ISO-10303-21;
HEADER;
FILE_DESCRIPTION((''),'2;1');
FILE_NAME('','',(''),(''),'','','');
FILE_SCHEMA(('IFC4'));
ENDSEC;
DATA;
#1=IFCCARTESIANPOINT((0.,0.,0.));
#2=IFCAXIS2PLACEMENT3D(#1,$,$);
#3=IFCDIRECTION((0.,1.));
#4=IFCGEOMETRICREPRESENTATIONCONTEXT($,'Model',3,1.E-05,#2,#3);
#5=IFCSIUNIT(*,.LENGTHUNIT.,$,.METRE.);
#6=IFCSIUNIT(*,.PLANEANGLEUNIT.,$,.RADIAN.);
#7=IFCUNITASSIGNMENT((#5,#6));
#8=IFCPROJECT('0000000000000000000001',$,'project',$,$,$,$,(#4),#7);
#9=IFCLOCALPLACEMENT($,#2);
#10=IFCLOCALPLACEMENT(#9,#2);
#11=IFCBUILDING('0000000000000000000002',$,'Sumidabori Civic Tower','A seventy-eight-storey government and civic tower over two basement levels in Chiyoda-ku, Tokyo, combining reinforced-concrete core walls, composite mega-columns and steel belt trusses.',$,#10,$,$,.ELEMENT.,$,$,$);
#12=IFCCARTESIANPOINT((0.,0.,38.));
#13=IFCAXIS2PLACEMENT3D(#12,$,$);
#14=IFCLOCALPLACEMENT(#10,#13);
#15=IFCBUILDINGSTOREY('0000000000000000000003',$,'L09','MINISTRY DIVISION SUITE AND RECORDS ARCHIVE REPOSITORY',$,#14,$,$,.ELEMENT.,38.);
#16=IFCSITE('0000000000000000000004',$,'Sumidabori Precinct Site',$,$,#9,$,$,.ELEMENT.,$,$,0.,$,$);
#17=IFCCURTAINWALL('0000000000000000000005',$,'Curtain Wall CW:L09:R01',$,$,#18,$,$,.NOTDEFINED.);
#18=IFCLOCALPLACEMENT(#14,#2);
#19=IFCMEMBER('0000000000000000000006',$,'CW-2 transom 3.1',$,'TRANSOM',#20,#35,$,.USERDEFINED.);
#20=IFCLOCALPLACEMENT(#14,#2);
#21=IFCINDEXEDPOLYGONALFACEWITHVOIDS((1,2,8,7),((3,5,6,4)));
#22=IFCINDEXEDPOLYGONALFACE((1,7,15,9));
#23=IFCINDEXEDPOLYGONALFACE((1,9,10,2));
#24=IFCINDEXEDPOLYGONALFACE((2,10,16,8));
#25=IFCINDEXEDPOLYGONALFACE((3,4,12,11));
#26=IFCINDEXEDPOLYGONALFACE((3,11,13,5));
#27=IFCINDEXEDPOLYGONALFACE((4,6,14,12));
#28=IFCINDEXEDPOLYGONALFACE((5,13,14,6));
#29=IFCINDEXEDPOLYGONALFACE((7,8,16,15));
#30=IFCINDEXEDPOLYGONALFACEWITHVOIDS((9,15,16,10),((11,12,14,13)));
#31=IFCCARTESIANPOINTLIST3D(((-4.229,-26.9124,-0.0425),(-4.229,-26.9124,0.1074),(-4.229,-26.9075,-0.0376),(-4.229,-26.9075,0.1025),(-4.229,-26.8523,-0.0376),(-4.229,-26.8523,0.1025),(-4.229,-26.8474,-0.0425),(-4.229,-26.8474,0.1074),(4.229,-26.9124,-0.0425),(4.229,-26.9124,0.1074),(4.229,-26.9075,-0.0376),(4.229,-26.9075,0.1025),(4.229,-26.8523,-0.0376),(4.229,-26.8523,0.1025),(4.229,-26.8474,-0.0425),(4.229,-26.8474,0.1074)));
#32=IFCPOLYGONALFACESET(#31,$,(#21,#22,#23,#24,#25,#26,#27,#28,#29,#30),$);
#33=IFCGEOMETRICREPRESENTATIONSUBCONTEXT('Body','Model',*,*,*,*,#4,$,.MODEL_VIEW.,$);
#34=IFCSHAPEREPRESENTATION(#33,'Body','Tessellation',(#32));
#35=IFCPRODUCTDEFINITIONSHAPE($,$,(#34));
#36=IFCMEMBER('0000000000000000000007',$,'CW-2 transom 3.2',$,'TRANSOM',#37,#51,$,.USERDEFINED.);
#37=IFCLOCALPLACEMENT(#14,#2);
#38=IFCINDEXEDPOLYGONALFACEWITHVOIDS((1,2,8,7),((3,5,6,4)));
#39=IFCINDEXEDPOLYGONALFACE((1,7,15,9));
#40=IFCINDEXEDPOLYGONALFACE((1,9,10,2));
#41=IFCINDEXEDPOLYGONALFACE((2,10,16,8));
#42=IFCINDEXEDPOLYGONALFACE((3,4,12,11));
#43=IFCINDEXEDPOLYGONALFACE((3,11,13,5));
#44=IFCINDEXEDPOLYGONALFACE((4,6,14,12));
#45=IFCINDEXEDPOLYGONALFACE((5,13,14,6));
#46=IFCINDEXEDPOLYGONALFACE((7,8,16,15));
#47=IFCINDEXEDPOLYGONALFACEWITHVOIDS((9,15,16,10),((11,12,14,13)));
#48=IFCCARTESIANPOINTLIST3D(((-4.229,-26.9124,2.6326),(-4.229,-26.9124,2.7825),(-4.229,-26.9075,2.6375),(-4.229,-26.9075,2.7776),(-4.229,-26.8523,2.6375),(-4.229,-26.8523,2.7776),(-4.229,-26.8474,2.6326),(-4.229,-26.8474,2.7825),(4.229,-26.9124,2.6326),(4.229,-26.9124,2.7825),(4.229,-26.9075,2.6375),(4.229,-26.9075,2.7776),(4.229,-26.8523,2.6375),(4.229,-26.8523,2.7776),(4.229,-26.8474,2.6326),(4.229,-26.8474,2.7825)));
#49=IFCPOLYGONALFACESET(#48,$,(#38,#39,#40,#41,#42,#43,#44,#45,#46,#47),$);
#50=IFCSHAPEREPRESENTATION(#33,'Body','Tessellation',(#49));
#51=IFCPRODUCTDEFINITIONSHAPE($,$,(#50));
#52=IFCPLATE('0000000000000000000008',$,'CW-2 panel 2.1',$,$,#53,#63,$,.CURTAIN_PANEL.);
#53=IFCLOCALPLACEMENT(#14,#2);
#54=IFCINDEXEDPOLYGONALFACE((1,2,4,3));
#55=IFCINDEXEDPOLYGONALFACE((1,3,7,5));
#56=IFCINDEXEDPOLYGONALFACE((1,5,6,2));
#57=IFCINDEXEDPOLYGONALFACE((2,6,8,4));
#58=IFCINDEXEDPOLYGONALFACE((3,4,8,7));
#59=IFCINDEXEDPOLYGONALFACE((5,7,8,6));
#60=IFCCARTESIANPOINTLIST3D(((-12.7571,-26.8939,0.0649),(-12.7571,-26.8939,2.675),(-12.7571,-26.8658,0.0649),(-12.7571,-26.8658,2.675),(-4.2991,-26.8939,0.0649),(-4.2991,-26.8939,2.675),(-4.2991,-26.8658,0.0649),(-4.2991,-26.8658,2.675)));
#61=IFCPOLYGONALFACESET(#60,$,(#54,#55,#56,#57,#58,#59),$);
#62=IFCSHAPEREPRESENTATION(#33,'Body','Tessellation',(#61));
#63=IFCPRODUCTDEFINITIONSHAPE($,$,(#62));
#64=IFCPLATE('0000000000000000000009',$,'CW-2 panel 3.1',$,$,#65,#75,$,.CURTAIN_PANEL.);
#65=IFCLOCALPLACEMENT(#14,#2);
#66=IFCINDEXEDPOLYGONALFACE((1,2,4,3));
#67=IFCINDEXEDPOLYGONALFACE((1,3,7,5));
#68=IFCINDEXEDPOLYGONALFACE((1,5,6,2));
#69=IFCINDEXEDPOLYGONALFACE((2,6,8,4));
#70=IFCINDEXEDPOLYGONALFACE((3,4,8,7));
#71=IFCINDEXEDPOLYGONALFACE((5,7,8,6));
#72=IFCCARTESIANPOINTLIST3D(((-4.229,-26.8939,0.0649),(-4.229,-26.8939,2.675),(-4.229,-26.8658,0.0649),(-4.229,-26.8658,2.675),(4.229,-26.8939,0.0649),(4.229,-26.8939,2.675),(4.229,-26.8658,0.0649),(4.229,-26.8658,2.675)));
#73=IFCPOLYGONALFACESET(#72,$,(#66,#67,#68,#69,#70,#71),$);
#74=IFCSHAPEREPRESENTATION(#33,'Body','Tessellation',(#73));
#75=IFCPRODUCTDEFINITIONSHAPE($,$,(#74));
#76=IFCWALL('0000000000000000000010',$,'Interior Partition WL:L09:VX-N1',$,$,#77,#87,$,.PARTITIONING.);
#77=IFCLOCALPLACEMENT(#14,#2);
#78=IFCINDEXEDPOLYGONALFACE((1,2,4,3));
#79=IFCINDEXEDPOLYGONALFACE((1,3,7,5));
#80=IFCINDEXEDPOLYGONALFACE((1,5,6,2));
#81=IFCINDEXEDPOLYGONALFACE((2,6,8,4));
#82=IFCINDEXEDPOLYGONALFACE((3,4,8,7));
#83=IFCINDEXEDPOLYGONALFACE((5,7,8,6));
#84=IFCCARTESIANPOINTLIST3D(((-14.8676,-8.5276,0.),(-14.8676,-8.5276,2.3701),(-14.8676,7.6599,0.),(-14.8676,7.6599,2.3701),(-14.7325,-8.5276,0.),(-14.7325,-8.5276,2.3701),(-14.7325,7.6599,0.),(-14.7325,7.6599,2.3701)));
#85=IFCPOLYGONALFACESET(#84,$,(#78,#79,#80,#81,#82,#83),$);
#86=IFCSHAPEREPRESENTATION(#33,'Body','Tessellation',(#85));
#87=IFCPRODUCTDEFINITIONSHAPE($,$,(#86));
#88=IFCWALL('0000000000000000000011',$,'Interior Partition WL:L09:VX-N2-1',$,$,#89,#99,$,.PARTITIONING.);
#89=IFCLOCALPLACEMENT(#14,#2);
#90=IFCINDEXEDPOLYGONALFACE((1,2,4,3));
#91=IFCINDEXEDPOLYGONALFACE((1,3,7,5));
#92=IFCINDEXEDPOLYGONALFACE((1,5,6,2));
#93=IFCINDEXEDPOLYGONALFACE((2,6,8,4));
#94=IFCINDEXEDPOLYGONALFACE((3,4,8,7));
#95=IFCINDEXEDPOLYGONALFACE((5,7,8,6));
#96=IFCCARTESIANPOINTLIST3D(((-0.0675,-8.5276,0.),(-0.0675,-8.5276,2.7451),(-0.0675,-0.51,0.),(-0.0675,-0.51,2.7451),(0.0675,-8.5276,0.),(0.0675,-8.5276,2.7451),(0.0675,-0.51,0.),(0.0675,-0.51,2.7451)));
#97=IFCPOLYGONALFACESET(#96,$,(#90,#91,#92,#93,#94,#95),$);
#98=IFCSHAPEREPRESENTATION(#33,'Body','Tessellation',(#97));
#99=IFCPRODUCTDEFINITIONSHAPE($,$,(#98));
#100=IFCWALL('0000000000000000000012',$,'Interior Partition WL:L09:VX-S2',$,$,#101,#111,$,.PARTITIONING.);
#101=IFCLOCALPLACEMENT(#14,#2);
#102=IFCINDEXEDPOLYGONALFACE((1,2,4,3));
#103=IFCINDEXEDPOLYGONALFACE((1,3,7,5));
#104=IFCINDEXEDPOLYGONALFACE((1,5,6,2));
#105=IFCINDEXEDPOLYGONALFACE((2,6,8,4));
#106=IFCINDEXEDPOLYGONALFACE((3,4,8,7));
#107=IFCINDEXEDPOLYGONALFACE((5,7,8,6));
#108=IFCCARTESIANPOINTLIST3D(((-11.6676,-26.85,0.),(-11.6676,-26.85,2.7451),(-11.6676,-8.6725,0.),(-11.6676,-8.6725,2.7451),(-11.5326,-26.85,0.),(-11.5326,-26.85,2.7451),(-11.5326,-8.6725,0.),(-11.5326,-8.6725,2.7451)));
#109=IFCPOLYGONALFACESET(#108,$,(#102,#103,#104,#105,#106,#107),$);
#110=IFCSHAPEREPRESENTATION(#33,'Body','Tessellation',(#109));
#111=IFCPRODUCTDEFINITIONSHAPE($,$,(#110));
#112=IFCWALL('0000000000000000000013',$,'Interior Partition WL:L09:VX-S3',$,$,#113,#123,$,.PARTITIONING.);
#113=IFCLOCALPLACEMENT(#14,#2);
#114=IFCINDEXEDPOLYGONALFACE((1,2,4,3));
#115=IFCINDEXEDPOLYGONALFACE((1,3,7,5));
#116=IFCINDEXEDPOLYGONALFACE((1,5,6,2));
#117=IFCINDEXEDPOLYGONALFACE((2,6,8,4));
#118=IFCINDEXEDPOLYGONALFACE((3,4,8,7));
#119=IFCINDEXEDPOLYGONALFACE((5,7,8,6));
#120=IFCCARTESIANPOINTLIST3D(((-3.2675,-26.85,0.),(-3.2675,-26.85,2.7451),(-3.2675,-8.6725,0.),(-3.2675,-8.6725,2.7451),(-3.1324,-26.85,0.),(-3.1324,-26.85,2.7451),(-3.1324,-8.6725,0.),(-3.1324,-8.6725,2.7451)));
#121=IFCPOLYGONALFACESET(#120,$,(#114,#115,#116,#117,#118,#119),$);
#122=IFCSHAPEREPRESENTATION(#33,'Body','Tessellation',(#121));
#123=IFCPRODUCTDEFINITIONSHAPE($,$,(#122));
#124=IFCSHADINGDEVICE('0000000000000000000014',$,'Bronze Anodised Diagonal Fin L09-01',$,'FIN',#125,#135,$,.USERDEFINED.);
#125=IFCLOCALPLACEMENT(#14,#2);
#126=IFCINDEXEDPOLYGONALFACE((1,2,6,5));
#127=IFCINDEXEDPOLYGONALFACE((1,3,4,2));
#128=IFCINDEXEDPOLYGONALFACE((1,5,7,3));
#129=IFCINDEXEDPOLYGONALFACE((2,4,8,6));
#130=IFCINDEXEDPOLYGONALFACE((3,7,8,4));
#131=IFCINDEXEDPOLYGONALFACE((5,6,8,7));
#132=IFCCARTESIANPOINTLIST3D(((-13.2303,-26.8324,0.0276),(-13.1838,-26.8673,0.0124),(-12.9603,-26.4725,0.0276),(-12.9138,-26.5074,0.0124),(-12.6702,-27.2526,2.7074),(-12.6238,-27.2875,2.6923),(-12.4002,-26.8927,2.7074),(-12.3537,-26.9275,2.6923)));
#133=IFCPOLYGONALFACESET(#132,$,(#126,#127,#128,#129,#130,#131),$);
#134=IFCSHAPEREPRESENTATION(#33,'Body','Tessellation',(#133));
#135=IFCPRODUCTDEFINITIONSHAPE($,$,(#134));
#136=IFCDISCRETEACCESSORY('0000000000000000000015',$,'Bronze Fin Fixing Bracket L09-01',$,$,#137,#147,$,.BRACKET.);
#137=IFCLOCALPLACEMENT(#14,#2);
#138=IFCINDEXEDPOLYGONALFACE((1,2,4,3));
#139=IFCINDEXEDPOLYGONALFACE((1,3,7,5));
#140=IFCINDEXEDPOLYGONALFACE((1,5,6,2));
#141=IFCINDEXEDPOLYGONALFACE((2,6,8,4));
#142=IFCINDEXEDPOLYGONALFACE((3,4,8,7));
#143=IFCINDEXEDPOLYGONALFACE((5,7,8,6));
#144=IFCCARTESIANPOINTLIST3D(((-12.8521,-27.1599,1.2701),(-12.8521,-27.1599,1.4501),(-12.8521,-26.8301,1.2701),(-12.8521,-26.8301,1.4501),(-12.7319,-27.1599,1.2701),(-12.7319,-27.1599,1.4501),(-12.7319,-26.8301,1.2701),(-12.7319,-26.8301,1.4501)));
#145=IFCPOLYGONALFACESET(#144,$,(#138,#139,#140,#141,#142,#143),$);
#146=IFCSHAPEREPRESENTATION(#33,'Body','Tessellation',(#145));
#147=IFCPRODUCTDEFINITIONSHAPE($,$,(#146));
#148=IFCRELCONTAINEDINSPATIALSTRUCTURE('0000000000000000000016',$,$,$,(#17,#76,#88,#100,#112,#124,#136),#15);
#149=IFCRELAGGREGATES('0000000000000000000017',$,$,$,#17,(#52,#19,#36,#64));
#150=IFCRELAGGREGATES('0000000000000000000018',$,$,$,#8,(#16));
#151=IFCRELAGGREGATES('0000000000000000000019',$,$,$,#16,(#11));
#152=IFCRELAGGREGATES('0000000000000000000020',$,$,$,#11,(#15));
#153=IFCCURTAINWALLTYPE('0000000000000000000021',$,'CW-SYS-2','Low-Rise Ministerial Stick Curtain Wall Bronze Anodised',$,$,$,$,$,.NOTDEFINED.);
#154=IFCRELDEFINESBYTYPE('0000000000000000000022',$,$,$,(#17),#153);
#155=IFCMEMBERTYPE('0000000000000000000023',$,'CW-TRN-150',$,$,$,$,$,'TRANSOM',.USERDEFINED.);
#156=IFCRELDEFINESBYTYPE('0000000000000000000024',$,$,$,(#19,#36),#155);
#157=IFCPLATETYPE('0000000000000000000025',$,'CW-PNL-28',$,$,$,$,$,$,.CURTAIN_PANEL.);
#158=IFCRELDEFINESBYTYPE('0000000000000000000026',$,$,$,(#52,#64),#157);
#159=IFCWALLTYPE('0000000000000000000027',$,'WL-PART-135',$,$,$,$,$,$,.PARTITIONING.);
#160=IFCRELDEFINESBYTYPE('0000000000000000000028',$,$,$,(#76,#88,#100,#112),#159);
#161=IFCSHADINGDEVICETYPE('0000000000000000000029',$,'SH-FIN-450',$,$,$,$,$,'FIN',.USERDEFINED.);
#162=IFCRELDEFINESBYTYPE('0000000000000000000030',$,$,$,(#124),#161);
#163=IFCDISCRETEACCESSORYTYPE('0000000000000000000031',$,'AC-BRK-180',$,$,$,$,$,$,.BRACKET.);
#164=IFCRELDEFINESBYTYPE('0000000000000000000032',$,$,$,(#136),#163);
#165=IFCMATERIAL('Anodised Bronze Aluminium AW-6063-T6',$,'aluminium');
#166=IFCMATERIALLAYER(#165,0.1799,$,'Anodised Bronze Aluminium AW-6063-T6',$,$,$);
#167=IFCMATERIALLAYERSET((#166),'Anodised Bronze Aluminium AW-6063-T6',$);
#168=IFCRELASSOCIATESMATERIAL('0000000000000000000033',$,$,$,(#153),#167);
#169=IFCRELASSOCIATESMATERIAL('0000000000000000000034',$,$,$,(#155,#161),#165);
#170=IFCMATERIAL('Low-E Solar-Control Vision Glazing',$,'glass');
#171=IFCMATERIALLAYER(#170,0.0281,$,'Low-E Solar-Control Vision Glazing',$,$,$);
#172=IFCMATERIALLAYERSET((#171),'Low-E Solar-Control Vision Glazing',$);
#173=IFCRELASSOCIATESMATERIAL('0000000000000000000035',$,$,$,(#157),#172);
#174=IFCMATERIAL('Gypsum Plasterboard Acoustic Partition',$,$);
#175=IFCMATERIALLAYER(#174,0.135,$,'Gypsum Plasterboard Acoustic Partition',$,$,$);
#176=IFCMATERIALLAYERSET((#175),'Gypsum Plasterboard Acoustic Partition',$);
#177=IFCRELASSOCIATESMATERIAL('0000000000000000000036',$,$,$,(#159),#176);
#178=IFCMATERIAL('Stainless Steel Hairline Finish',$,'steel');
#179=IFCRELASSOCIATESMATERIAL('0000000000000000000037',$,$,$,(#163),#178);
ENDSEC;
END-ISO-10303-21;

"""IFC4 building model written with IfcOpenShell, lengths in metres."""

from ifc_helpers import new_model, si_unit, direction, frame, frame_2d, origin, origin_2d, place, context, subcontext, project, spatial, rectangle, hollow_rectangle, extrude, source, transform, mapped, material, layer, layer_set, material_profile, profile_set, type_object, element, aggregate, save


model = new_model("IFC4")

# Units and contexts
model_context = context("Model", 3, precision=1e-05, world=origin(), true_north=direction((0.0, 1.0)))
body_context = subcontext(model_context, "Body", "Model", "MODEL_VIEW")
ifc_project = project(units=[si_unit("LENGTHUNIT", "METRE"), si_unit("PLANEANGLEUNIT", "RADIAN")], contexts=[model_context])

# Site, building, storey
site_placement = place(None, origin())
site = spatial("IfcSite", under=ifc_project, at=site_placement, Name="Sumidabori Precinct Site", CompositionType="ELEMENT", RefElevation=0.0)
building_placement = place(site_placement, origin())
building = spatial("IfcBuilding", under=site, at=building_placement, Name="Sumidabori Civic Tower", Description="A seventy-eight-storey government and civic tower over two basement levels in Chiyoda-ku, Tokyo, combining reinforced-concrete core walls, composite mega-columns and steel belt trusses.", CompositionType="ELEMENT")
storey_placement = place(building_placement, frame((0.0, 0.0, 38.0)))
storey = spatial("IfcBuildingStorey", under=building, at=storey_placement, Name="L09", Description="MINISTRY DIVISION SUITE AND RECORDS ARCHIVE REPOSITORY", CompositionType="ELEMENT", Elevation=38.0)

# Curtain wall, members, plates
ifc_material_1 = material(Name="Anodised Bronze Aluminium AW-6063-T6", Category="aluminium")
ifc_layer_1 = layer(ifc_material_1, 0.1799, Name="Anodised Bronze Aluminium AW-6063-T6")
ifc_layer_set_1 = layer_set([ifc_layer_1], Name="Anodised Bronze Aluminium AW-6063-T6")
curtain_wall_type = type_object("IfcCurtainWallType", Name="CW-SYS-2", Description="Low-Rise Ministerial Stick Curtain Wall Bronze Anodised", PredefinedType="NOTDEFINED", material=ifc_layer_set_1)
curtain_wall_placement = place(storey_placement, origin())
curtain_wall = element("IfcCurtainWall", 1, at=curtain_wall_placement, inside=storey, type_object=curtain_wall_type, Name="Curtain Wall CW:L09:R01", PredefinedType="NOTDEFINED")
ifc_material_profile_1 = material_profile(ifc_material_1, hollow_rectangle(XDim=0.0649, YDim=0.1499, WallThickness=0.0049, at=origin_2d()), Name="ALU TRANSOM 150x65")
ifc_profile_set_1 = profile_set([ifc_material_profile_1], Name="Anodised Bronze Aluminium AW-6063-T6")
member_type_1 = type_object("IfcMemberType", Name="CW-TRN-150", ElementType="TRANSOM", PredefinedType="USERDEFINED", material=ifc_profile_set_1)
shared_shape_1 = source(origin(), body_context, "Body", "SweptSolid", [
    extrude(hollow_rectangle(XDim=0.0649, YDim=0.1499, WallThickness=0.0049, at=origin_2d()), origin(), (0.0, 0.0, 1.0), 8.458),
])
member_1_placement = place(storey_placement, frame((-4.229, -26.8799, 0.0325), z_axis=(1.0, 0.0, 0.0), x_axis=(0.0, 1.0, 0.0)))
member_1 = element("IfcMember", 2, at=member_1_placement, type_object=member_type_1, Name="CW-2 transom 3.1", ObjectType="TRANSOM", PredefinedType="USERDEFINED", context=body_context, shape_type="MappedRepresentation", body=[
    mapped(shared_shape_1, transform((0.0, 0.0, 0.0), x_axis=(1.0, 0.0, 0.0), y_axis=(0.0, 1.0, 0.0), z_axis=(0.0, 0.0, 1.0), scale=1.0)),
])
member_2_placement = place(storey_placement, frame((-4.229, -26.8799, 2.7075), z_axis=(1.0, 0.0, 0.0), x_axis=(0.0, 1.0, 0.0)))
member_2 = element("IfcMember", 3, at=member_2_placement, type_object=member_type_1, Name="CW-2 transom 3.2", ObjectType="TRANSOM", PredefinedType="USERDEFINED", context=body_context, shape_type="MappedRepresentation", body=[
    mapped(shared_shape_1, transform((0.0, 0.0, 0.0), x_axis=(1.0, 0.0, 0.0), y_axis=(0.0, 1.0, 0.0), z_axis=(0.0, 0.0, 1.0), scale=1.0)),
])
ifc_material_2 = material(Name="Low-E Solar-Control Vision Glazing", Category="glass")
ifc_layer_2 = layer(ifc_material_2, 0.0281, Name="Low-E Solar-Control Vision Glazing")
ifc_layer_set_2 = layer_set([ifc_layer_2], Name="Low-E Solar-Control Vision Glazing")
plate_type = type_object("IfcPlateType", Name="CW-PNL-28", PredefinedType="CURTAIN_PANEL", material=ifc_layer_set_2)
shared_shape_2 = source(origin(), body_context, "Body", "SweptSolid", [
    extrude(rectangle(XDim=8.458, YDim=0.0281, at=origin_2d()), origin(), (0.0, 0.0, 1.0), 2.6101),
])
plate_1_placement = place(storey_placement, frame((-8.5281, -26.8799, 0.0649), z_axis=(0.0, 0.0, 1.0), x_axis=(1.0, 0.0, 0.0)))
plate_1 = element("IfcPlate", 4, at=plate_1_placement, type_object=plate_type, Name="CW-2 panel 2.1", PredefinedType="CURTAIN_PANEL", context=body_context, shape_type="MappedRepresentation", body=[
    mapped(shared_shape_2, transform((0.0, 0.0, 0.0), x_axis=(1.0, 0.0, 0.0), y_axis=(0.0, 1.0, 0.0), z_axis=(0.0, 0.0, 1.0), scale=1.0)),
])
plate_2_placement = place(storey_placement, frame((0.0, -26.8799, 0.0649), z_axis=(0.0, 0.0, 1.0), x_axis=(1.0, 0.0, 0.0)))
plate_2 = element("IfcPlate", 5, at=plate_2_placement, type_object=plate_type, Name="CW-2 panel 3.1", PredefinedType="CURTAIN_PANEL", context=body_context, shape_type="MappedRepresentation", body=[
    mapped(shared_shape_2, transform((0.0, 0.0, 0.0), x_axis=(1.0, 0.0, 0.0), y_axis=(0.0, 1.0, 0.0), z_axis=(0.0, 0.0, 1.0), scale=1.0)),
])
aggregate(curtain_wall, [plate_1, member_1, member_2, plate_2])

# Walls
ifc_material_3 = material(Name="Gypsum Plasterboard Acoustic Partition")
ifc_layer_3 = layer(ifc_material_3, 0.135, Name="Gypsum Plasterboard Acoustic Partition")
ifc_layer_set_3 = layer_set([ifc_layer_3], Name="Gypsum Plasterboard Acoustic Partition")
wall_type = type_object("IfcWallType", Name="WL-PART-135", PredefinedType="PARTITIONING", material=ifc_layer_set_3)
shared_shape_3 = source(origin(), body_context, "Body", "SweptSolid", [
    extrude(rectangle(XDim=16.1875, YDim=0.135, at=frame_2d((8.0938, 0.0))), origin(), (0.0, 0.0, 1.0), 2.3701),
])
wall_1_placement = place(storey_placement, frame((-14.8, -8.5276, 0.0), z_axis=(0.0, 0.0, 1.0), x_axis=(0.0, 1.0, 0.0)))
element("IfcWall", 6, at=wall_1_placement, inside=storey, type_object=wall_type, Name="Interior Partition WL:L09:VX-N1", PredefinedType="PARTITIONING", context=body_context, shape_type="MappedRepresentation", body=[
    mapped(shared_shape_3, transform((0.0, 0.0, 0.0), x_axis=(1.0, 0.0, 0.0), y_axis=(0.0, 1.0, 0.0), z_axis=(0.0, 0.0, 1.0), scale=1.0)),
])
shared_shape_4 = source(origin(), body_context, "Body", "SweptSolid", [
    extrude(rectangle(XDim=8.0176, YDim=0.135, at=frame_2d((4.0088, 0.0))), origin(), (0.0, 0.0, 1.0), 2.7451),
])
wall_2_placement = place(storey_placement, frame((0.0, -8.5276, 0.0), z_axis=(0.0, 0.0, 1.0), x_axis=(0.0, 1.0, 0.0)))
element("IfcWall", 7, at=wall_2_placement, inside=storey, type_object=wall_type, Name="Interior Partition WL:L09:VX-N2-1", PredefinedType="PARTITIONING", context=body_context, shape_type="MappedRepresentation", body=[
    mapped(shared_shape_4, transform((0.0, 0.0, 0.0), x_axis=(1.0, 0.0, 0.0), y_axis=(0.0, 1.0, 0.0), z_axis=(0.0, 0.0, 1.0), scale=1.0)),
])
shared_shape_5 = source(origin(), body_context, "Body", "SweptSolid", [
    extrude(rectangle(XDim=18.1775, YDim=0.135, at=frame_2d((9.0889, 0.0))), origin(), (0.0, 0.0, 1.0), 2.7451),
])
for number, where, z_axis, x_axis, name in (
    (8, (-11.6001, -26.8501, 0.0), (0.0, 0.0, 1.0), (0.0, 1.0, 0.0), "Interior Partition WL:L09:VX-S2"),
    (9, (-3.2, -26.8501, 0.0), (0.0, 0.0, 1.0), (0.0, 1.0, 0.0), "Interior Partition WL:L09:VX-S3"),
):
    element("IfcWall", number, at=place(storey_placement, frame(where, z_axis=z_axis, x_axis=x_axis)), inside=storey, type_object=wall_type, Name=name, PredefinedType="PARTITIONING", context=body_context, shape_type="MappedRepresentation", body=[
        mapped(shared_shape_5, transform((0.0, 0.0, 0.0), x_axis=(1.0, 0.0, 0.0), y_axis=(0.0, 1.0, 0.0), z_axis=(0.0, 0.0, 1.0), scale=1.0)),
    ])

# Shading device
ifc_material_profile_2 = material_profile(ifc_material_1, rectangle(XDim=0.0601, YDim=0.45, at=origin_2d()), Name="BRONZE FIN 450x60")
ifc_profile_set_2 = profile_set([ifc_material_profile_2], Name="Anodised Bronze Aluminium AW-6063-T6")
shading_device_type = type_object("IfcShadingDeviceType", Name="SH-FIN-450", ElementType="FIN", PredefinedType="USERDEFINED", material=ifc_profile_set_2)
shared_shape_6 = source(origin(), body_context, "Body", "SweptSolid", [
    extrude(rectangle(XDim=0.0601, YDim=0.45, at=origin_2d()), origin(), (0.0, 0.0, 1.0), 2.7698),
])
shading_device_placement = place(storey_placement, frame((-13.072, -26.6699, 0.02), z_axis=(0.202196, -0.151691, 0.967526), x_axis=(0.77394, -0.580624, -0.252771)))
element("IfcShadingDevice", 10, at=shading_device_placement, inside=storey, type_object=shading_device_type, Name="Bronze Anodised Diagonal Fin L09-01", ObjectType="FIN", PredefinedType="USERDEFINED", context=body_context, shape_type="MappedRepresentation", body=[
    mapped(shared_shape_6, transform((0.0, 0.0, 0.0), x_axis=(1.0, 0.0, 0.0), y_axis=(0.0, 1.0, 0.0), z_axis=(0.0, 0.0, 1.0), scale=1.0)),
])

# Discrete accessory
ifc_material_4 = material(Name="Stainless Steel Hairline Finish", Category="steel")
ifc_material_profile_3 = material_profile(ifc_material_4, rectangle(XDim=0.1201, YDim=0.1799, at=origin_2d()), Name="STEEL BRACKET 180x120")
ifc_profile_set_3 = profile_set([ifc_material_profile_3], Name="Stainless Steel Hairline Finish")
discrete_accessory_type = type_object("IfcDiscreteAccessoryType", Name="AC-BRK-180", PredefinedType="BRACKET", material=ifc_profile_set_3)
shared_shape_7 = source(origin(), body_context, "Body", "SweptSolid", [
    extrude(rectangle(XDim=0.1201, YDim=0.1799, at=origin_2d()), origin(), (0.0, 0.0, 1.0), 0.3298),
])
discrete_accessory_placement = place(storey_placement, frame((-12.792, -26.8301, 1.3601), z_axis=(0.0, -1.0, 0.0), x_axis=(1.0, 0.0, 0.0)))
element("IfcDiscreteAccessory", 11, at=discrete_accessory_placement, inside=storey, type_object=discrete_accessory_type, Name="Bronze Fin Fixing Bracket L09-01", PredefinedType="BRACKET", context=body_context, shape_type="MappedRepresentation", body=[
    mapped(shared_shape_7, transform((0.0, 0.0, 0.0), x_axis=(1.0, 0.0, 0.0), y_axis=(0.0, 1.0, 0.0), z_axis=(0.0, 0.0, 1.0), scale=1.0)),
])

save(model, "model.ifc")
